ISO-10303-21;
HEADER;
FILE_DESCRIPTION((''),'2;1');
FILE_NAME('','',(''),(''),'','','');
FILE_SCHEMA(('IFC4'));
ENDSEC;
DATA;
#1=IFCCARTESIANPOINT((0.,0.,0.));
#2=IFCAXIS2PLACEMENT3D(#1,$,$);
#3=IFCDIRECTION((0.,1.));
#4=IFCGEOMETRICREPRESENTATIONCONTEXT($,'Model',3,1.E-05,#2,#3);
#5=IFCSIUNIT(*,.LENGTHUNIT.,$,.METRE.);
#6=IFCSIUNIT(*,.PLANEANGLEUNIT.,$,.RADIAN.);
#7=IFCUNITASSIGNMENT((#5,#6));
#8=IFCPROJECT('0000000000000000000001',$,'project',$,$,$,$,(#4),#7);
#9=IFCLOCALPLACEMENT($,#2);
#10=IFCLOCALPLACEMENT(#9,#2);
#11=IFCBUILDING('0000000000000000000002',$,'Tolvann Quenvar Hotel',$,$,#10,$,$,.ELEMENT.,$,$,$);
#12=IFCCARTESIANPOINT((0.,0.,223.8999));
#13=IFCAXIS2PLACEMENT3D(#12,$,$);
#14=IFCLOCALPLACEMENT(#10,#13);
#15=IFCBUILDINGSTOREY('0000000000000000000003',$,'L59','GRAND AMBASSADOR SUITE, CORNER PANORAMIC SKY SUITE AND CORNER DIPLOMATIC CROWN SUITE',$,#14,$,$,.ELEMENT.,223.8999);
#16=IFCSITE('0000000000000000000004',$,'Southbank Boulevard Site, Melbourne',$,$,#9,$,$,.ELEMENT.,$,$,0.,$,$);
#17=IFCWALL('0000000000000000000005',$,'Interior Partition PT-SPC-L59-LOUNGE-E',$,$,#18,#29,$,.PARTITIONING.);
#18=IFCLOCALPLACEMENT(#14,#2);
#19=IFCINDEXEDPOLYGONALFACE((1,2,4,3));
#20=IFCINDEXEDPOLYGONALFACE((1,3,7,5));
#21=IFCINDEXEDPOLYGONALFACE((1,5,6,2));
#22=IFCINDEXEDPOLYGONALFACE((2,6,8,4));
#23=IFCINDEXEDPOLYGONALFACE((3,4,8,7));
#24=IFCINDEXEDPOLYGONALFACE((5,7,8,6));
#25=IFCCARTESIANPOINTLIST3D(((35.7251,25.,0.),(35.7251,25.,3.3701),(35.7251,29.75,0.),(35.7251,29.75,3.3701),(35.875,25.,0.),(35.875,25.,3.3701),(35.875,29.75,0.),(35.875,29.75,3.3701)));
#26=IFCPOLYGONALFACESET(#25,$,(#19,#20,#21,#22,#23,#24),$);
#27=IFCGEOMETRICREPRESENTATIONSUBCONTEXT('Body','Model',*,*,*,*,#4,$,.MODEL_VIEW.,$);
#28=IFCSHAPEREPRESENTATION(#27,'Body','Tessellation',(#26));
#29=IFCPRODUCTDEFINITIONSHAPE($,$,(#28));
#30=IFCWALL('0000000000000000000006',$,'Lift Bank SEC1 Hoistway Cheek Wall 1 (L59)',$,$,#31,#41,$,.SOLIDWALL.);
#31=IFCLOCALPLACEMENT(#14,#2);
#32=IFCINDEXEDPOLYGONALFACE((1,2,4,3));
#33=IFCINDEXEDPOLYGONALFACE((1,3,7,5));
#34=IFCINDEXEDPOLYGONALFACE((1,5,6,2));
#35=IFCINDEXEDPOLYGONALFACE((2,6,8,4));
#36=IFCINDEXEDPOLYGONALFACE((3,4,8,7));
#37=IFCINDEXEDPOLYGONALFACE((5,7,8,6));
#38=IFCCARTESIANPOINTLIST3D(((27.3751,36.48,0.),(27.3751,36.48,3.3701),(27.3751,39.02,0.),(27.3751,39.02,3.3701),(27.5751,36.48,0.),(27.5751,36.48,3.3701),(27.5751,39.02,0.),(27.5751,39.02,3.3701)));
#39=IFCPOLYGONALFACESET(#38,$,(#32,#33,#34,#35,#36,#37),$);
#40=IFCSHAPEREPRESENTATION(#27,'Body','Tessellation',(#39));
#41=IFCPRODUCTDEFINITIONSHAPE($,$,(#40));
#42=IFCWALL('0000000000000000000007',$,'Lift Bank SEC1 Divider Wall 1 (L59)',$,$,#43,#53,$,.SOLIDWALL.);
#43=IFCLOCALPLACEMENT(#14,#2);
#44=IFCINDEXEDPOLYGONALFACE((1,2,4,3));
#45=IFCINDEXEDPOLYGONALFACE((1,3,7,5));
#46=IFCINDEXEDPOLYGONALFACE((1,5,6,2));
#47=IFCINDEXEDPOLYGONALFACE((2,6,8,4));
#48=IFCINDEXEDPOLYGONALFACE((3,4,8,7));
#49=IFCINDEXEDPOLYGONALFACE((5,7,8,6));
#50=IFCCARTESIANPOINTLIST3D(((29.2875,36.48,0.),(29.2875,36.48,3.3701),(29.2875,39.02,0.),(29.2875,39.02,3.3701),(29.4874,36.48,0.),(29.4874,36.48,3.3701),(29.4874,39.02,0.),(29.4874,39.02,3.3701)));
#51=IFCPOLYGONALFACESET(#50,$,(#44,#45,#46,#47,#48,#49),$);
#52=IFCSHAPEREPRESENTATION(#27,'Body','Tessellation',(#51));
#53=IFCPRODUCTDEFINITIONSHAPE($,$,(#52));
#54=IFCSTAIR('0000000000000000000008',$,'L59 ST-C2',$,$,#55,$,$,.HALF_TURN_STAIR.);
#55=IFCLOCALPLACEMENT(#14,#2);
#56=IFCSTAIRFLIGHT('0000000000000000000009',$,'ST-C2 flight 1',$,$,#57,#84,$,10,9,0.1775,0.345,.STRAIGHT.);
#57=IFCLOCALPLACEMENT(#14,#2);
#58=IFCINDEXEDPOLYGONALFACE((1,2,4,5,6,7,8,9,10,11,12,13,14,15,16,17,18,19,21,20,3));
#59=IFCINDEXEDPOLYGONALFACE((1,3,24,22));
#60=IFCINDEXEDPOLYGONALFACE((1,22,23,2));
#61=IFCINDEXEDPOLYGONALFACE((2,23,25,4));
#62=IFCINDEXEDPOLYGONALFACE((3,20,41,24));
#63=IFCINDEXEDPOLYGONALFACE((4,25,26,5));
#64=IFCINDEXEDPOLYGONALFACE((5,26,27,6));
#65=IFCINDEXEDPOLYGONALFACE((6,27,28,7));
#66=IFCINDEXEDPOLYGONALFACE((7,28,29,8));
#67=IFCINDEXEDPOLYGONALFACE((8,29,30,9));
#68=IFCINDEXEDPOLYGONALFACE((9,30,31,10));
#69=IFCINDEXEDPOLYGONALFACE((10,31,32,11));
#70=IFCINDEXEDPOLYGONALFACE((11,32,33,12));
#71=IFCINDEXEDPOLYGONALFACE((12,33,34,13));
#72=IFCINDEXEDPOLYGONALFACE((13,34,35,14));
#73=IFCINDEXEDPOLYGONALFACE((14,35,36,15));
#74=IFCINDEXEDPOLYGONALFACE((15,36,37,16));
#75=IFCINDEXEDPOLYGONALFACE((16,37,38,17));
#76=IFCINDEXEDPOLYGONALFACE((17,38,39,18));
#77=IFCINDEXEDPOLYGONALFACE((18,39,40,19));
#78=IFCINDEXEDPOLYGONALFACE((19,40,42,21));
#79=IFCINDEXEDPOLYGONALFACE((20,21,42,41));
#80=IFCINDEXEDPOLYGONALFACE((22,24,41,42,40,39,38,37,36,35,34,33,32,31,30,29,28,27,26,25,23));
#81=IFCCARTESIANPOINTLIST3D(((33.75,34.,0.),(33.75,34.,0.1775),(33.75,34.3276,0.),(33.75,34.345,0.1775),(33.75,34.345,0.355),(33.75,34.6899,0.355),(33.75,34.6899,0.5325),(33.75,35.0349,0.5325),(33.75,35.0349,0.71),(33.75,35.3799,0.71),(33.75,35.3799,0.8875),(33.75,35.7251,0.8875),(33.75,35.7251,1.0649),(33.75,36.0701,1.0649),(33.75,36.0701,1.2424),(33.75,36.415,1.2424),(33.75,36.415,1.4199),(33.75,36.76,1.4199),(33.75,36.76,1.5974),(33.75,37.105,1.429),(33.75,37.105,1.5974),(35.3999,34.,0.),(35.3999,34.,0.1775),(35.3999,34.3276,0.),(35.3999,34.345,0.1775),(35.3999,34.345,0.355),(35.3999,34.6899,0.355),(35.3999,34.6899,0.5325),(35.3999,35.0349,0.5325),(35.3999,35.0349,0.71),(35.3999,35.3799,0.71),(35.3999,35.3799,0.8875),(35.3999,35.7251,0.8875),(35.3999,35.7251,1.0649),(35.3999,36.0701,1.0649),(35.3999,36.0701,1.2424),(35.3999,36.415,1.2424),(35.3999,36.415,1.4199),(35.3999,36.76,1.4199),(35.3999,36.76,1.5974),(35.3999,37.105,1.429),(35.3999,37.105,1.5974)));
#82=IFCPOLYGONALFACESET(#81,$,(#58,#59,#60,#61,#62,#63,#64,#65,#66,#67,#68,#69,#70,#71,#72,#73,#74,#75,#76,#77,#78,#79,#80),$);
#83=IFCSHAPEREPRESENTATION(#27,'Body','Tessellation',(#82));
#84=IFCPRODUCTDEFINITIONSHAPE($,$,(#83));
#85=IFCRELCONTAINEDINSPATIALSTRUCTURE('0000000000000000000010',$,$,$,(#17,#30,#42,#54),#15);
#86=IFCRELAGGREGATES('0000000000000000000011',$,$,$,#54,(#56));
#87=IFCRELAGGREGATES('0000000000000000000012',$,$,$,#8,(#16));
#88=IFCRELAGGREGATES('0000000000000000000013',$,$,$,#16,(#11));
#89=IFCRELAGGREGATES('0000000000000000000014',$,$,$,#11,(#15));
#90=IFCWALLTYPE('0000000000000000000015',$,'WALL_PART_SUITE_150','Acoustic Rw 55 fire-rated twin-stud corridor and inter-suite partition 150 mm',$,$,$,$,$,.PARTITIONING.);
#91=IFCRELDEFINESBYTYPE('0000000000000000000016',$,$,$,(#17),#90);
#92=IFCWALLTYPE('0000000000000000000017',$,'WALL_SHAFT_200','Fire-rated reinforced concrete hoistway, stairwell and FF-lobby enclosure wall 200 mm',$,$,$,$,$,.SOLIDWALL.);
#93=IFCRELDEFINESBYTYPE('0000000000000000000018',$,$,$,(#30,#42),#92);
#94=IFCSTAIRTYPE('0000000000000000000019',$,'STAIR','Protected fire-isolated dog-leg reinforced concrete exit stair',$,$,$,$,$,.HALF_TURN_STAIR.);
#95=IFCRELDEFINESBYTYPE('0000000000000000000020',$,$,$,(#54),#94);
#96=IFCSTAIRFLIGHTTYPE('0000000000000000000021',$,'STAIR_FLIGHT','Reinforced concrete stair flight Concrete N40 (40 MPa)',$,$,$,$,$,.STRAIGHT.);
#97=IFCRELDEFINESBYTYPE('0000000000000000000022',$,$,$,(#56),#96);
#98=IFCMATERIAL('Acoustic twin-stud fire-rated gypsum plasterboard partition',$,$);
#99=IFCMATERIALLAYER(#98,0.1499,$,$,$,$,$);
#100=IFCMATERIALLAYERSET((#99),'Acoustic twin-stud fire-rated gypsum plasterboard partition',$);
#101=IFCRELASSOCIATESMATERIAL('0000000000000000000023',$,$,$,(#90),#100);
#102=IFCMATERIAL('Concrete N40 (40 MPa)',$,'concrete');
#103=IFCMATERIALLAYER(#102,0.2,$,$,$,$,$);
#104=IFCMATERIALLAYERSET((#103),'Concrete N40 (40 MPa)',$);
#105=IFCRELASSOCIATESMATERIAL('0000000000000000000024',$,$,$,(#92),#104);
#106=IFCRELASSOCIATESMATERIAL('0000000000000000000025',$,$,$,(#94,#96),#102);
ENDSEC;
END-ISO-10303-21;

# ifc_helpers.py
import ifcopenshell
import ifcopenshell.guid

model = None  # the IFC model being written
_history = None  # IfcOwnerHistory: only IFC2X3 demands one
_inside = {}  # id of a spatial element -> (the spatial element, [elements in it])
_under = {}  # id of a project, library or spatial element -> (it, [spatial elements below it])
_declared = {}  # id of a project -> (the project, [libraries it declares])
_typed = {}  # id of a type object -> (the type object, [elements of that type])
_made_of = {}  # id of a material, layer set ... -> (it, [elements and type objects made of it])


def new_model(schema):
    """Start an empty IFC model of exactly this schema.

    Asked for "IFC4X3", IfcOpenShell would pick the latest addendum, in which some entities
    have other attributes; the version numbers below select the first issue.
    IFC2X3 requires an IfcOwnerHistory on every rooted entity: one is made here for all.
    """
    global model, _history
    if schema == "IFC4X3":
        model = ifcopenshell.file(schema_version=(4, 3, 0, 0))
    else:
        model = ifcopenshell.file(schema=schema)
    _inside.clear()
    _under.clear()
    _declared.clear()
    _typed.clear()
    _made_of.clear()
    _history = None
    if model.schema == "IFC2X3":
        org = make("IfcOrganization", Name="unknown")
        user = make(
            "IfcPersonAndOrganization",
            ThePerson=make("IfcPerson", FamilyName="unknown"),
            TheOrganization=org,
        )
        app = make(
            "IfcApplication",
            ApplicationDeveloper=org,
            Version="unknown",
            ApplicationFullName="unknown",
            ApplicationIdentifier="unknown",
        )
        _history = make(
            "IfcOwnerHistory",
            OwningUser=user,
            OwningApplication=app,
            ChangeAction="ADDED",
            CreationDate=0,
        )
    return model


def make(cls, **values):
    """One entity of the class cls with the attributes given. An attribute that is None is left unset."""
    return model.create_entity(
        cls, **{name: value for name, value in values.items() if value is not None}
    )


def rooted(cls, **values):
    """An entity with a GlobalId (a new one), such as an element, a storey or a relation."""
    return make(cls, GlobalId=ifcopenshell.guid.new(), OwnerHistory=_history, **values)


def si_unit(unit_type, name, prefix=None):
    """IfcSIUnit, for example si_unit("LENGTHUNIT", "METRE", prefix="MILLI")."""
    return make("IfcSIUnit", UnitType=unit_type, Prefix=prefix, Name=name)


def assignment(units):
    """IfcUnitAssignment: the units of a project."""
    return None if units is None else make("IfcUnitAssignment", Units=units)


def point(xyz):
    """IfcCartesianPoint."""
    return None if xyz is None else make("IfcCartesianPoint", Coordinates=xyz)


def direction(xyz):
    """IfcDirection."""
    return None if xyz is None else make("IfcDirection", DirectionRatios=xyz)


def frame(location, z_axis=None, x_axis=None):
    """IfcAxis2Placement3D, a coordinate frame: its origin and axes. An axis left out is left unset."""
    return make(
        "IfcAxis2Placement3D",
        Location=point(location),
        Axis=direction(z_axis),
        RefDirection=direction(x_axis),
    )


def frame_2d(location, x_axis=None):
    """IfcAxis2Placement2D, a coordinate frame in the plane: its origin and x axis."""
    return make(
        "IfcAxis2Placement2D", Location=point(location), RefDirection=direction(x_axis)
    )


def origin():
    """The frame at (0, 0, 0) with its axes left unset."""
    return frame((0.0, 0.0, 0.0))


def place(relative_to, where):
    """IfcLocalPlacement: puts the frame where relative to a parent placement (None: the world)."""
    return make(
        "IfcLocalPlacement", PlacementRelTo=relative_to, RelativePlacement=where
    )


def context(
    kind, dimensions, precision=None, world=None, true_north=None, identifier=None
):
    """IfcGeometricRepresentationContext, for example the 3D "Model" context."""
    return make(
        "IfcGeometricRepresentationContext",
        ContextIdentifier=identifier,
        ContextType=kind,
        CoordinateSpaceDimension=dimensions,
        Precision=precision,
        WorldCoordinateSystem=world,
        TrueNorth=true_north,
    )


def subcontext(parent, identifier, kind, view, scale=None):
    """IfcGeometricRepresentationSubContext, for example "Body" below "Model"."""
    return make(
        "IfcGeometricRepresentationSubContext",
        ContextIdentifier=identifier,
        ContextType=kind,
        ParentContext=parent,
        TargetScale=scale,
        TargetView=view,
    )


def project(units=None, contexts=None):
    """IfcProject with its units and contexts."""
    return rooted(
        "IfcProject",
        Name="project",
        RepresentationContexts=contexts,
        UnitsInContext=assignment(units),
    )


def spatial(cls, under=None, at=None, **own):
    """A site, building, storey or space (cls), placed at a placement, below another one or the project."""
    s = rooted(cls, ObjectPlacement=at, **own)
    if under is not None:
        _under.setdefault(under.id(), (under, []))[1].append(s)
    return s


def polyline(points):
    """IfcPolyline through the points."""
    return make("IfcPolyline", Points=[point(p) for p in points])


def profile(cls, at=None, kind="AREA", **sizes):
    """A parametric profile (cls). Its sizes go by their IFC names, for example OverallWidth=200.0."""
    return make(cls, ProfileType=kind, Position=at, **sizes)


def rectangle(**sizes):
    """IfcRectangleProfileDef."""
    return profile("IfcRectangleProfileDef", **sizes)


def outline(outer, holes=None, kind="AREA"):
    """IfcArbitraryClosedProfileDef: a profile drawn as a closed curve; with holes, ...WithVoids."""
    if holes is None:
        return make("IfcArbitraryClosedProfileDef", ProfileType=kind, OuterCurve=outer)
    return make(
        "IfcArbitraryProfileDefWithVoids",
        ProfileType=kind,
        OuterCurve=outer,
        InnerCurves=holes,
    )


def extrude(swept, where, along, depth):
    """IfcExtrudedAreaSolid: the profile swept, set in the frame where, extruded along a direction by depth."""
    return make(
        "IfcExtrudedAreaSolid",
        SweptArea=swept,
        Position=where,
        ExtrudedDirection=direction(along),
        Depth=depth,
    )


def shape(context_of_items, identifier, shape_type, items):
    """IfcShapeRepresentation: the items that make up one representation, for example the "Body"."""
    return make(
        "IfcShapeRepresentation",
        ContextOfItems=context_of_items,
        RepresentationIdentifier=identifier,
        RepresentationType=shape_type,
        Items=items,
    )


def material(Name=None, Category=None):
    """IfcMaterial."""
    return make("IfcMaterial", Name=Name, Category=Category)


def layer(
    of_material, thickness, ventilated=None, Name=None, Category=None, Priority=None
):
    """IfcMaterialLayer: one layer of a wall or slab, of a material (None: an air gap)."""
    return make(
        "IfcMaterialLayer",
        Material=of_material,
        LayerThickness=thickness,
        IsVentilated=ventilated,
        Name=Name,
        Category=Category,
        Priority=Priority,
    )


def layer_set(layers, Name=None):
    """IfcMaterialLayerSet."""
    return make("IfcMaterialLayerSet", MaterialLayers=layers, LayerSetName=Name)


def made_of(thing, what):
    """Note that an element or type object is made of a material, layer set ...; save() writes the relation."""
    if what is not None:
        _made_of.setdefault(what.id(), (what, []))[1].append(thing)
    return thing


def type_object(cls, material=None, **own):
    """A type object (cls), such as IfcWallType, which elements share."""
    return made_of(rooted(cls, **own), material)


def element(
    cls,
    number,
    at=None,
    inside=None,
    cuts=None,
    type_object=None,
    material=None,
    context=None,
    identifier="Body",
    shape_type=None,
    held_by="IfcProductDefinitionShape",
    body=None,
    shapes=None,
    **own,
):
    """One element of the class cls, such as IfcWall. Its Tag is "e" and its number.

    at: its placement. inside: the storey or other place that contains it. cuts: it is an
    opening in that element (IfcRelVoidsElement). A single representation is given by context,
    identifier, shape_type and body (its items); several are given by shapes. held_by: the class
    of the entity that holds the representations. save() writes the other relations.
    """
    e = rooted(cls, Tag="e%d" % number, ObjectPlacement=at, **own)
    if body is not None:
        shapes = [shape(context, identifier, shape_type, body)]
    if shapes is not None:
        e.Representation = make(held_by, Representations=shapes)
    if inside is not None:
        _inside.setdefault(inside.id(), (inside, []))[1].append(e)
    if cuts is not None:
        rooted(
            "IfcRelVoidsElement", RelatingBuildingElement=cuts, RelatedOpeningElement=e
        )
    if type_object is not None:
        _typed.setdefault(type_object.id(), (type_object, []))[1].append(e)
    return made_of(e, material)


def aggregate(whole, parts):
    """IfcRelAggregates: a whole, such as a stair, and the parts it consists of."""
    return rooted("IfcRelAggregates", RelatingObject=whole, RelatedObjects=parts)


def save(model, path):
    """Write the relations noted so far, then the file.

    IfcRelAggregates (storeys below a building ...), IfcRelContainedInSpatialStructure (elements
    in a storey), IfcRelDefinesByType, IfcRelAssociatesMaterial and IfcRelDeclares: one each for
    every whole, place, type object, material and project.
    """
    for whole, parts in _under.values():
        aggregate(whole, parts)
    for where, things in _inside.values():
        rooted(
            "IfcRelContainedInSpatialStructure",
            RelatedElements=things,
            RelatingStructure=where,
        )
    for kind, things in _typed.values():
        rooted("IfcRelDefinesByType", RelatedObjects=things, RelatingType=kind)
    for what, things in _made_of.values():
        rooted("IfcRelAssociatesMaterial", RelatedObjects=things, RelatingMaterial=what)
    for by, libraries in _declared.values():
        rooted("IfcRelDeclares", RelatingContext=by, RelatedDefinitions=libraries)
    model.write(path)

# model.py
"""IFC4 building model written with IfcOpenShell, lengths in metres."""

from ifc_helpers import new_model, si_unit, direction, frame, frame_2d, origin, place, context, subcontext, project, spatial, polyline, rectangle, outline, extrude, material, layer, layer_set, type_object, element, aggregate, save


model = new_model("IFC4")

# Units and contexts
model_context = context("Model", 3, precision=1e-05, world=origin(), true_north=direction((0.0, 1.0)))
body_context = subcontext(model_context, "Body", "Model", "MODEL_VIEW")
ifc_project = project(units=[si_unit("LENGTHUNIT", "METRE"), si_unit("PLANEANGLEUNIT", "RADIAN")], contexts=[model_context])

# Site, building, storey
site_placement = place(None, origin())
site = spatial("IfcSite", under=ifc_project, at=site_placement, Name="Southbank Boulevard Site, Melbourne", CompositionType="ELEMENT", RefElevation=0.0)
building_placement = place(site_placement, origin())
building = spatial("IfcBuilding", under=site, at=building_placement, Name="Tolvann Quenvar Hotel", CompositionType="ELEMENT")
storey_placement = place(building_placement, frame((0.0, 0.0, 223.8999)))
storey = spatial("IfcBuildingStorey", under=building, at=storey_placement, Name="L59", Description="GRAND AMBASSADOR SUITE, CORNER PANORAMIC SKY SUITE AND CORNER DIPLOMATIC CROWN SUITE", CompositionType="ELEMENT", Elevation=223.8999)

# Shared definitions
ifc_material_1 = material(Name="Acoustic twin-stud fire-rated gypsum plasterboard partition")
ifc_layer_1 = layer(ifc_material_1, 0.1499)
ifc_layer_set_1 = layer_set([ifc_layer_1], Name="Acoustic twin-stud fire-rated gypsum plasterboard partition")
wall_type_1 = type_object("IfcWallType", Name="WALL_PART_SUITE_150", Description="Acoustic Rw 55 fire-rated twin-stud corridor and inter-suite partition 150 mm", PredefinedType="PARTITIONING", material=ifc_layer_set_1)

# Walls
wall_1_placement = place(storey_placement, frame((35.8, 25.0, 0.0), z_axis=(0.0, 0.0, 1.0), x_axis=(0.0, 1.0, 0.0)))
element("IfcWall", 1, at=wall_1_placement, inside=storey, type_object=wall_type_1, Name="Interior Partition PT-SPC-L59-LOUNGE-E", PredefinedType="PARTITIONING", context=body_context, shape_type="SweptSolid", body=[
    extrude(rectangle(XDim=4.75, YDim=0.1499, at=frame_2d((2.375, 0.0))), origin(), (0.0, 0.0, 1.0), 3.3701),
])
ifc_material_2 = material(Name="Concrete N40 (40 MPa)", Category="concrete")
ifc_layer_2 = layer(ifc_material_2, 0.2)
ifc_layer_set_2 = layer_set([ifc_layer_2], Name="Concrete N40 (40 MPa)")
wall_type_2 = type_object("IfcWallType", Name="WALL_SHAFT_200", Description="Fire-rated reinforced concrete hoistway, stairwell and FF-lobby enclosure wall 200 mm", PredefinedType="SOLIDWALL", material=ifc_layer_set_2)
for number, where, z_axis, x_axis, name in (
    (2, (27.4751, 36.48, 0.0), (0.0, 0.0, 1.0), (0.0, 1.0, 0.0), "Lift Bank SEC1 Hoistway Cheek Wall 1 (L59)"),
    (3, (29.3875, 36.48, 0.0), (0.0, 0.0, 1.0), (0.0, 1.0, 0.0), "Lift Bank SEC1 Divider Wall 1 (L59)"),
):
    element("IfcWall", number, at=place(storey_placement, frame(where, z_axis=z_axis, x_axis=x_axis)), inside=storey, type_object=wall_type_2, Name=name, PredefinedType="SOLIDWALL", context=body_context, shape_type="SweptSolid", body=[
        extrude(rectangle(XDim=2.54, YDim=0.2, at=frame_2d((1.27, 0.0))), origin(), (0.0, 0.0, 1.0), 3.3701),
    ])

# Stair, stair flight
stair_type = type_object("IfcStairType", Name="STAIR", Description="Protected fire-isolated dog-leg reinforced concrete exit stair", PredefinedType="HALF_TURN_STAIR", material=ifc_material_2)
stair_placement = place(storey_placement, origin())
stair = element("IfcStair", 4, at=stair_placement, inside=storey, type_object=stair_type, Name="L59 ST-C2", PredefinedType="HALF_TURN_STAIR")
stair_flight_type = type_object("IfcStairFlightType", Name="STAIR_FLIGHT", Description="Reinforced concrete stair flight Concrete N40 (40 MPa)", PredefinedType="STRAIGHT", material=ifc_material_2)
stair_flight_placement = place(storey_placement, frame((34.575, 34.0, 0.0), z_axis=(0.0, 0.0, 1.0), x_axis=(0.0, 1.0, 0.0)))
stair_flight = element("IfcStairFlight", 5, at=stair_flight_placement, type_object=stair_flight_type, Name="ST-C2 flight 1", NumberOfRisers=10, NumberOfTreads=9, PredefinedType="STRAIGHT", RiserHeight=0.1775, TreadLength=0.345, context=body_context, shape_type="SweptSolid", body=[
    extrude(outline(polyline([(0.0, 0.0), (0.0, 0.1775), (0.345, 0.1775), (0.345, 0.355), (0.6899, 0.355), (0.6899, 0.5325), (1.0349, 0.5325), (1.0349, 0.71), (1.3799, 0.71), (1.3799, 0.8875), (1.7251, 0.8875), (1.7251, 1.0649), (2.0701, 1.0649), (2.0701, 1.2424), (2.415, 1.2424), (2.415, 1.4199), (2.76, 1.4199), (2.76, 1.5974), (3.105, 1.5974), (3.105, 1.7749), (3.105, 1.429), (0.3276, 0.0), (0.0, 0.0)])), frame((0.0, 0.825, 0.0), z_axis=(0.0, -1.0, 0.0), x_axis=(1.0, 0.0, 0.0)), (0.0, 0.0, 1.0), 1.6499),
])
aggregate(stair, [stair_flight])

save(model, "model.ifc")
